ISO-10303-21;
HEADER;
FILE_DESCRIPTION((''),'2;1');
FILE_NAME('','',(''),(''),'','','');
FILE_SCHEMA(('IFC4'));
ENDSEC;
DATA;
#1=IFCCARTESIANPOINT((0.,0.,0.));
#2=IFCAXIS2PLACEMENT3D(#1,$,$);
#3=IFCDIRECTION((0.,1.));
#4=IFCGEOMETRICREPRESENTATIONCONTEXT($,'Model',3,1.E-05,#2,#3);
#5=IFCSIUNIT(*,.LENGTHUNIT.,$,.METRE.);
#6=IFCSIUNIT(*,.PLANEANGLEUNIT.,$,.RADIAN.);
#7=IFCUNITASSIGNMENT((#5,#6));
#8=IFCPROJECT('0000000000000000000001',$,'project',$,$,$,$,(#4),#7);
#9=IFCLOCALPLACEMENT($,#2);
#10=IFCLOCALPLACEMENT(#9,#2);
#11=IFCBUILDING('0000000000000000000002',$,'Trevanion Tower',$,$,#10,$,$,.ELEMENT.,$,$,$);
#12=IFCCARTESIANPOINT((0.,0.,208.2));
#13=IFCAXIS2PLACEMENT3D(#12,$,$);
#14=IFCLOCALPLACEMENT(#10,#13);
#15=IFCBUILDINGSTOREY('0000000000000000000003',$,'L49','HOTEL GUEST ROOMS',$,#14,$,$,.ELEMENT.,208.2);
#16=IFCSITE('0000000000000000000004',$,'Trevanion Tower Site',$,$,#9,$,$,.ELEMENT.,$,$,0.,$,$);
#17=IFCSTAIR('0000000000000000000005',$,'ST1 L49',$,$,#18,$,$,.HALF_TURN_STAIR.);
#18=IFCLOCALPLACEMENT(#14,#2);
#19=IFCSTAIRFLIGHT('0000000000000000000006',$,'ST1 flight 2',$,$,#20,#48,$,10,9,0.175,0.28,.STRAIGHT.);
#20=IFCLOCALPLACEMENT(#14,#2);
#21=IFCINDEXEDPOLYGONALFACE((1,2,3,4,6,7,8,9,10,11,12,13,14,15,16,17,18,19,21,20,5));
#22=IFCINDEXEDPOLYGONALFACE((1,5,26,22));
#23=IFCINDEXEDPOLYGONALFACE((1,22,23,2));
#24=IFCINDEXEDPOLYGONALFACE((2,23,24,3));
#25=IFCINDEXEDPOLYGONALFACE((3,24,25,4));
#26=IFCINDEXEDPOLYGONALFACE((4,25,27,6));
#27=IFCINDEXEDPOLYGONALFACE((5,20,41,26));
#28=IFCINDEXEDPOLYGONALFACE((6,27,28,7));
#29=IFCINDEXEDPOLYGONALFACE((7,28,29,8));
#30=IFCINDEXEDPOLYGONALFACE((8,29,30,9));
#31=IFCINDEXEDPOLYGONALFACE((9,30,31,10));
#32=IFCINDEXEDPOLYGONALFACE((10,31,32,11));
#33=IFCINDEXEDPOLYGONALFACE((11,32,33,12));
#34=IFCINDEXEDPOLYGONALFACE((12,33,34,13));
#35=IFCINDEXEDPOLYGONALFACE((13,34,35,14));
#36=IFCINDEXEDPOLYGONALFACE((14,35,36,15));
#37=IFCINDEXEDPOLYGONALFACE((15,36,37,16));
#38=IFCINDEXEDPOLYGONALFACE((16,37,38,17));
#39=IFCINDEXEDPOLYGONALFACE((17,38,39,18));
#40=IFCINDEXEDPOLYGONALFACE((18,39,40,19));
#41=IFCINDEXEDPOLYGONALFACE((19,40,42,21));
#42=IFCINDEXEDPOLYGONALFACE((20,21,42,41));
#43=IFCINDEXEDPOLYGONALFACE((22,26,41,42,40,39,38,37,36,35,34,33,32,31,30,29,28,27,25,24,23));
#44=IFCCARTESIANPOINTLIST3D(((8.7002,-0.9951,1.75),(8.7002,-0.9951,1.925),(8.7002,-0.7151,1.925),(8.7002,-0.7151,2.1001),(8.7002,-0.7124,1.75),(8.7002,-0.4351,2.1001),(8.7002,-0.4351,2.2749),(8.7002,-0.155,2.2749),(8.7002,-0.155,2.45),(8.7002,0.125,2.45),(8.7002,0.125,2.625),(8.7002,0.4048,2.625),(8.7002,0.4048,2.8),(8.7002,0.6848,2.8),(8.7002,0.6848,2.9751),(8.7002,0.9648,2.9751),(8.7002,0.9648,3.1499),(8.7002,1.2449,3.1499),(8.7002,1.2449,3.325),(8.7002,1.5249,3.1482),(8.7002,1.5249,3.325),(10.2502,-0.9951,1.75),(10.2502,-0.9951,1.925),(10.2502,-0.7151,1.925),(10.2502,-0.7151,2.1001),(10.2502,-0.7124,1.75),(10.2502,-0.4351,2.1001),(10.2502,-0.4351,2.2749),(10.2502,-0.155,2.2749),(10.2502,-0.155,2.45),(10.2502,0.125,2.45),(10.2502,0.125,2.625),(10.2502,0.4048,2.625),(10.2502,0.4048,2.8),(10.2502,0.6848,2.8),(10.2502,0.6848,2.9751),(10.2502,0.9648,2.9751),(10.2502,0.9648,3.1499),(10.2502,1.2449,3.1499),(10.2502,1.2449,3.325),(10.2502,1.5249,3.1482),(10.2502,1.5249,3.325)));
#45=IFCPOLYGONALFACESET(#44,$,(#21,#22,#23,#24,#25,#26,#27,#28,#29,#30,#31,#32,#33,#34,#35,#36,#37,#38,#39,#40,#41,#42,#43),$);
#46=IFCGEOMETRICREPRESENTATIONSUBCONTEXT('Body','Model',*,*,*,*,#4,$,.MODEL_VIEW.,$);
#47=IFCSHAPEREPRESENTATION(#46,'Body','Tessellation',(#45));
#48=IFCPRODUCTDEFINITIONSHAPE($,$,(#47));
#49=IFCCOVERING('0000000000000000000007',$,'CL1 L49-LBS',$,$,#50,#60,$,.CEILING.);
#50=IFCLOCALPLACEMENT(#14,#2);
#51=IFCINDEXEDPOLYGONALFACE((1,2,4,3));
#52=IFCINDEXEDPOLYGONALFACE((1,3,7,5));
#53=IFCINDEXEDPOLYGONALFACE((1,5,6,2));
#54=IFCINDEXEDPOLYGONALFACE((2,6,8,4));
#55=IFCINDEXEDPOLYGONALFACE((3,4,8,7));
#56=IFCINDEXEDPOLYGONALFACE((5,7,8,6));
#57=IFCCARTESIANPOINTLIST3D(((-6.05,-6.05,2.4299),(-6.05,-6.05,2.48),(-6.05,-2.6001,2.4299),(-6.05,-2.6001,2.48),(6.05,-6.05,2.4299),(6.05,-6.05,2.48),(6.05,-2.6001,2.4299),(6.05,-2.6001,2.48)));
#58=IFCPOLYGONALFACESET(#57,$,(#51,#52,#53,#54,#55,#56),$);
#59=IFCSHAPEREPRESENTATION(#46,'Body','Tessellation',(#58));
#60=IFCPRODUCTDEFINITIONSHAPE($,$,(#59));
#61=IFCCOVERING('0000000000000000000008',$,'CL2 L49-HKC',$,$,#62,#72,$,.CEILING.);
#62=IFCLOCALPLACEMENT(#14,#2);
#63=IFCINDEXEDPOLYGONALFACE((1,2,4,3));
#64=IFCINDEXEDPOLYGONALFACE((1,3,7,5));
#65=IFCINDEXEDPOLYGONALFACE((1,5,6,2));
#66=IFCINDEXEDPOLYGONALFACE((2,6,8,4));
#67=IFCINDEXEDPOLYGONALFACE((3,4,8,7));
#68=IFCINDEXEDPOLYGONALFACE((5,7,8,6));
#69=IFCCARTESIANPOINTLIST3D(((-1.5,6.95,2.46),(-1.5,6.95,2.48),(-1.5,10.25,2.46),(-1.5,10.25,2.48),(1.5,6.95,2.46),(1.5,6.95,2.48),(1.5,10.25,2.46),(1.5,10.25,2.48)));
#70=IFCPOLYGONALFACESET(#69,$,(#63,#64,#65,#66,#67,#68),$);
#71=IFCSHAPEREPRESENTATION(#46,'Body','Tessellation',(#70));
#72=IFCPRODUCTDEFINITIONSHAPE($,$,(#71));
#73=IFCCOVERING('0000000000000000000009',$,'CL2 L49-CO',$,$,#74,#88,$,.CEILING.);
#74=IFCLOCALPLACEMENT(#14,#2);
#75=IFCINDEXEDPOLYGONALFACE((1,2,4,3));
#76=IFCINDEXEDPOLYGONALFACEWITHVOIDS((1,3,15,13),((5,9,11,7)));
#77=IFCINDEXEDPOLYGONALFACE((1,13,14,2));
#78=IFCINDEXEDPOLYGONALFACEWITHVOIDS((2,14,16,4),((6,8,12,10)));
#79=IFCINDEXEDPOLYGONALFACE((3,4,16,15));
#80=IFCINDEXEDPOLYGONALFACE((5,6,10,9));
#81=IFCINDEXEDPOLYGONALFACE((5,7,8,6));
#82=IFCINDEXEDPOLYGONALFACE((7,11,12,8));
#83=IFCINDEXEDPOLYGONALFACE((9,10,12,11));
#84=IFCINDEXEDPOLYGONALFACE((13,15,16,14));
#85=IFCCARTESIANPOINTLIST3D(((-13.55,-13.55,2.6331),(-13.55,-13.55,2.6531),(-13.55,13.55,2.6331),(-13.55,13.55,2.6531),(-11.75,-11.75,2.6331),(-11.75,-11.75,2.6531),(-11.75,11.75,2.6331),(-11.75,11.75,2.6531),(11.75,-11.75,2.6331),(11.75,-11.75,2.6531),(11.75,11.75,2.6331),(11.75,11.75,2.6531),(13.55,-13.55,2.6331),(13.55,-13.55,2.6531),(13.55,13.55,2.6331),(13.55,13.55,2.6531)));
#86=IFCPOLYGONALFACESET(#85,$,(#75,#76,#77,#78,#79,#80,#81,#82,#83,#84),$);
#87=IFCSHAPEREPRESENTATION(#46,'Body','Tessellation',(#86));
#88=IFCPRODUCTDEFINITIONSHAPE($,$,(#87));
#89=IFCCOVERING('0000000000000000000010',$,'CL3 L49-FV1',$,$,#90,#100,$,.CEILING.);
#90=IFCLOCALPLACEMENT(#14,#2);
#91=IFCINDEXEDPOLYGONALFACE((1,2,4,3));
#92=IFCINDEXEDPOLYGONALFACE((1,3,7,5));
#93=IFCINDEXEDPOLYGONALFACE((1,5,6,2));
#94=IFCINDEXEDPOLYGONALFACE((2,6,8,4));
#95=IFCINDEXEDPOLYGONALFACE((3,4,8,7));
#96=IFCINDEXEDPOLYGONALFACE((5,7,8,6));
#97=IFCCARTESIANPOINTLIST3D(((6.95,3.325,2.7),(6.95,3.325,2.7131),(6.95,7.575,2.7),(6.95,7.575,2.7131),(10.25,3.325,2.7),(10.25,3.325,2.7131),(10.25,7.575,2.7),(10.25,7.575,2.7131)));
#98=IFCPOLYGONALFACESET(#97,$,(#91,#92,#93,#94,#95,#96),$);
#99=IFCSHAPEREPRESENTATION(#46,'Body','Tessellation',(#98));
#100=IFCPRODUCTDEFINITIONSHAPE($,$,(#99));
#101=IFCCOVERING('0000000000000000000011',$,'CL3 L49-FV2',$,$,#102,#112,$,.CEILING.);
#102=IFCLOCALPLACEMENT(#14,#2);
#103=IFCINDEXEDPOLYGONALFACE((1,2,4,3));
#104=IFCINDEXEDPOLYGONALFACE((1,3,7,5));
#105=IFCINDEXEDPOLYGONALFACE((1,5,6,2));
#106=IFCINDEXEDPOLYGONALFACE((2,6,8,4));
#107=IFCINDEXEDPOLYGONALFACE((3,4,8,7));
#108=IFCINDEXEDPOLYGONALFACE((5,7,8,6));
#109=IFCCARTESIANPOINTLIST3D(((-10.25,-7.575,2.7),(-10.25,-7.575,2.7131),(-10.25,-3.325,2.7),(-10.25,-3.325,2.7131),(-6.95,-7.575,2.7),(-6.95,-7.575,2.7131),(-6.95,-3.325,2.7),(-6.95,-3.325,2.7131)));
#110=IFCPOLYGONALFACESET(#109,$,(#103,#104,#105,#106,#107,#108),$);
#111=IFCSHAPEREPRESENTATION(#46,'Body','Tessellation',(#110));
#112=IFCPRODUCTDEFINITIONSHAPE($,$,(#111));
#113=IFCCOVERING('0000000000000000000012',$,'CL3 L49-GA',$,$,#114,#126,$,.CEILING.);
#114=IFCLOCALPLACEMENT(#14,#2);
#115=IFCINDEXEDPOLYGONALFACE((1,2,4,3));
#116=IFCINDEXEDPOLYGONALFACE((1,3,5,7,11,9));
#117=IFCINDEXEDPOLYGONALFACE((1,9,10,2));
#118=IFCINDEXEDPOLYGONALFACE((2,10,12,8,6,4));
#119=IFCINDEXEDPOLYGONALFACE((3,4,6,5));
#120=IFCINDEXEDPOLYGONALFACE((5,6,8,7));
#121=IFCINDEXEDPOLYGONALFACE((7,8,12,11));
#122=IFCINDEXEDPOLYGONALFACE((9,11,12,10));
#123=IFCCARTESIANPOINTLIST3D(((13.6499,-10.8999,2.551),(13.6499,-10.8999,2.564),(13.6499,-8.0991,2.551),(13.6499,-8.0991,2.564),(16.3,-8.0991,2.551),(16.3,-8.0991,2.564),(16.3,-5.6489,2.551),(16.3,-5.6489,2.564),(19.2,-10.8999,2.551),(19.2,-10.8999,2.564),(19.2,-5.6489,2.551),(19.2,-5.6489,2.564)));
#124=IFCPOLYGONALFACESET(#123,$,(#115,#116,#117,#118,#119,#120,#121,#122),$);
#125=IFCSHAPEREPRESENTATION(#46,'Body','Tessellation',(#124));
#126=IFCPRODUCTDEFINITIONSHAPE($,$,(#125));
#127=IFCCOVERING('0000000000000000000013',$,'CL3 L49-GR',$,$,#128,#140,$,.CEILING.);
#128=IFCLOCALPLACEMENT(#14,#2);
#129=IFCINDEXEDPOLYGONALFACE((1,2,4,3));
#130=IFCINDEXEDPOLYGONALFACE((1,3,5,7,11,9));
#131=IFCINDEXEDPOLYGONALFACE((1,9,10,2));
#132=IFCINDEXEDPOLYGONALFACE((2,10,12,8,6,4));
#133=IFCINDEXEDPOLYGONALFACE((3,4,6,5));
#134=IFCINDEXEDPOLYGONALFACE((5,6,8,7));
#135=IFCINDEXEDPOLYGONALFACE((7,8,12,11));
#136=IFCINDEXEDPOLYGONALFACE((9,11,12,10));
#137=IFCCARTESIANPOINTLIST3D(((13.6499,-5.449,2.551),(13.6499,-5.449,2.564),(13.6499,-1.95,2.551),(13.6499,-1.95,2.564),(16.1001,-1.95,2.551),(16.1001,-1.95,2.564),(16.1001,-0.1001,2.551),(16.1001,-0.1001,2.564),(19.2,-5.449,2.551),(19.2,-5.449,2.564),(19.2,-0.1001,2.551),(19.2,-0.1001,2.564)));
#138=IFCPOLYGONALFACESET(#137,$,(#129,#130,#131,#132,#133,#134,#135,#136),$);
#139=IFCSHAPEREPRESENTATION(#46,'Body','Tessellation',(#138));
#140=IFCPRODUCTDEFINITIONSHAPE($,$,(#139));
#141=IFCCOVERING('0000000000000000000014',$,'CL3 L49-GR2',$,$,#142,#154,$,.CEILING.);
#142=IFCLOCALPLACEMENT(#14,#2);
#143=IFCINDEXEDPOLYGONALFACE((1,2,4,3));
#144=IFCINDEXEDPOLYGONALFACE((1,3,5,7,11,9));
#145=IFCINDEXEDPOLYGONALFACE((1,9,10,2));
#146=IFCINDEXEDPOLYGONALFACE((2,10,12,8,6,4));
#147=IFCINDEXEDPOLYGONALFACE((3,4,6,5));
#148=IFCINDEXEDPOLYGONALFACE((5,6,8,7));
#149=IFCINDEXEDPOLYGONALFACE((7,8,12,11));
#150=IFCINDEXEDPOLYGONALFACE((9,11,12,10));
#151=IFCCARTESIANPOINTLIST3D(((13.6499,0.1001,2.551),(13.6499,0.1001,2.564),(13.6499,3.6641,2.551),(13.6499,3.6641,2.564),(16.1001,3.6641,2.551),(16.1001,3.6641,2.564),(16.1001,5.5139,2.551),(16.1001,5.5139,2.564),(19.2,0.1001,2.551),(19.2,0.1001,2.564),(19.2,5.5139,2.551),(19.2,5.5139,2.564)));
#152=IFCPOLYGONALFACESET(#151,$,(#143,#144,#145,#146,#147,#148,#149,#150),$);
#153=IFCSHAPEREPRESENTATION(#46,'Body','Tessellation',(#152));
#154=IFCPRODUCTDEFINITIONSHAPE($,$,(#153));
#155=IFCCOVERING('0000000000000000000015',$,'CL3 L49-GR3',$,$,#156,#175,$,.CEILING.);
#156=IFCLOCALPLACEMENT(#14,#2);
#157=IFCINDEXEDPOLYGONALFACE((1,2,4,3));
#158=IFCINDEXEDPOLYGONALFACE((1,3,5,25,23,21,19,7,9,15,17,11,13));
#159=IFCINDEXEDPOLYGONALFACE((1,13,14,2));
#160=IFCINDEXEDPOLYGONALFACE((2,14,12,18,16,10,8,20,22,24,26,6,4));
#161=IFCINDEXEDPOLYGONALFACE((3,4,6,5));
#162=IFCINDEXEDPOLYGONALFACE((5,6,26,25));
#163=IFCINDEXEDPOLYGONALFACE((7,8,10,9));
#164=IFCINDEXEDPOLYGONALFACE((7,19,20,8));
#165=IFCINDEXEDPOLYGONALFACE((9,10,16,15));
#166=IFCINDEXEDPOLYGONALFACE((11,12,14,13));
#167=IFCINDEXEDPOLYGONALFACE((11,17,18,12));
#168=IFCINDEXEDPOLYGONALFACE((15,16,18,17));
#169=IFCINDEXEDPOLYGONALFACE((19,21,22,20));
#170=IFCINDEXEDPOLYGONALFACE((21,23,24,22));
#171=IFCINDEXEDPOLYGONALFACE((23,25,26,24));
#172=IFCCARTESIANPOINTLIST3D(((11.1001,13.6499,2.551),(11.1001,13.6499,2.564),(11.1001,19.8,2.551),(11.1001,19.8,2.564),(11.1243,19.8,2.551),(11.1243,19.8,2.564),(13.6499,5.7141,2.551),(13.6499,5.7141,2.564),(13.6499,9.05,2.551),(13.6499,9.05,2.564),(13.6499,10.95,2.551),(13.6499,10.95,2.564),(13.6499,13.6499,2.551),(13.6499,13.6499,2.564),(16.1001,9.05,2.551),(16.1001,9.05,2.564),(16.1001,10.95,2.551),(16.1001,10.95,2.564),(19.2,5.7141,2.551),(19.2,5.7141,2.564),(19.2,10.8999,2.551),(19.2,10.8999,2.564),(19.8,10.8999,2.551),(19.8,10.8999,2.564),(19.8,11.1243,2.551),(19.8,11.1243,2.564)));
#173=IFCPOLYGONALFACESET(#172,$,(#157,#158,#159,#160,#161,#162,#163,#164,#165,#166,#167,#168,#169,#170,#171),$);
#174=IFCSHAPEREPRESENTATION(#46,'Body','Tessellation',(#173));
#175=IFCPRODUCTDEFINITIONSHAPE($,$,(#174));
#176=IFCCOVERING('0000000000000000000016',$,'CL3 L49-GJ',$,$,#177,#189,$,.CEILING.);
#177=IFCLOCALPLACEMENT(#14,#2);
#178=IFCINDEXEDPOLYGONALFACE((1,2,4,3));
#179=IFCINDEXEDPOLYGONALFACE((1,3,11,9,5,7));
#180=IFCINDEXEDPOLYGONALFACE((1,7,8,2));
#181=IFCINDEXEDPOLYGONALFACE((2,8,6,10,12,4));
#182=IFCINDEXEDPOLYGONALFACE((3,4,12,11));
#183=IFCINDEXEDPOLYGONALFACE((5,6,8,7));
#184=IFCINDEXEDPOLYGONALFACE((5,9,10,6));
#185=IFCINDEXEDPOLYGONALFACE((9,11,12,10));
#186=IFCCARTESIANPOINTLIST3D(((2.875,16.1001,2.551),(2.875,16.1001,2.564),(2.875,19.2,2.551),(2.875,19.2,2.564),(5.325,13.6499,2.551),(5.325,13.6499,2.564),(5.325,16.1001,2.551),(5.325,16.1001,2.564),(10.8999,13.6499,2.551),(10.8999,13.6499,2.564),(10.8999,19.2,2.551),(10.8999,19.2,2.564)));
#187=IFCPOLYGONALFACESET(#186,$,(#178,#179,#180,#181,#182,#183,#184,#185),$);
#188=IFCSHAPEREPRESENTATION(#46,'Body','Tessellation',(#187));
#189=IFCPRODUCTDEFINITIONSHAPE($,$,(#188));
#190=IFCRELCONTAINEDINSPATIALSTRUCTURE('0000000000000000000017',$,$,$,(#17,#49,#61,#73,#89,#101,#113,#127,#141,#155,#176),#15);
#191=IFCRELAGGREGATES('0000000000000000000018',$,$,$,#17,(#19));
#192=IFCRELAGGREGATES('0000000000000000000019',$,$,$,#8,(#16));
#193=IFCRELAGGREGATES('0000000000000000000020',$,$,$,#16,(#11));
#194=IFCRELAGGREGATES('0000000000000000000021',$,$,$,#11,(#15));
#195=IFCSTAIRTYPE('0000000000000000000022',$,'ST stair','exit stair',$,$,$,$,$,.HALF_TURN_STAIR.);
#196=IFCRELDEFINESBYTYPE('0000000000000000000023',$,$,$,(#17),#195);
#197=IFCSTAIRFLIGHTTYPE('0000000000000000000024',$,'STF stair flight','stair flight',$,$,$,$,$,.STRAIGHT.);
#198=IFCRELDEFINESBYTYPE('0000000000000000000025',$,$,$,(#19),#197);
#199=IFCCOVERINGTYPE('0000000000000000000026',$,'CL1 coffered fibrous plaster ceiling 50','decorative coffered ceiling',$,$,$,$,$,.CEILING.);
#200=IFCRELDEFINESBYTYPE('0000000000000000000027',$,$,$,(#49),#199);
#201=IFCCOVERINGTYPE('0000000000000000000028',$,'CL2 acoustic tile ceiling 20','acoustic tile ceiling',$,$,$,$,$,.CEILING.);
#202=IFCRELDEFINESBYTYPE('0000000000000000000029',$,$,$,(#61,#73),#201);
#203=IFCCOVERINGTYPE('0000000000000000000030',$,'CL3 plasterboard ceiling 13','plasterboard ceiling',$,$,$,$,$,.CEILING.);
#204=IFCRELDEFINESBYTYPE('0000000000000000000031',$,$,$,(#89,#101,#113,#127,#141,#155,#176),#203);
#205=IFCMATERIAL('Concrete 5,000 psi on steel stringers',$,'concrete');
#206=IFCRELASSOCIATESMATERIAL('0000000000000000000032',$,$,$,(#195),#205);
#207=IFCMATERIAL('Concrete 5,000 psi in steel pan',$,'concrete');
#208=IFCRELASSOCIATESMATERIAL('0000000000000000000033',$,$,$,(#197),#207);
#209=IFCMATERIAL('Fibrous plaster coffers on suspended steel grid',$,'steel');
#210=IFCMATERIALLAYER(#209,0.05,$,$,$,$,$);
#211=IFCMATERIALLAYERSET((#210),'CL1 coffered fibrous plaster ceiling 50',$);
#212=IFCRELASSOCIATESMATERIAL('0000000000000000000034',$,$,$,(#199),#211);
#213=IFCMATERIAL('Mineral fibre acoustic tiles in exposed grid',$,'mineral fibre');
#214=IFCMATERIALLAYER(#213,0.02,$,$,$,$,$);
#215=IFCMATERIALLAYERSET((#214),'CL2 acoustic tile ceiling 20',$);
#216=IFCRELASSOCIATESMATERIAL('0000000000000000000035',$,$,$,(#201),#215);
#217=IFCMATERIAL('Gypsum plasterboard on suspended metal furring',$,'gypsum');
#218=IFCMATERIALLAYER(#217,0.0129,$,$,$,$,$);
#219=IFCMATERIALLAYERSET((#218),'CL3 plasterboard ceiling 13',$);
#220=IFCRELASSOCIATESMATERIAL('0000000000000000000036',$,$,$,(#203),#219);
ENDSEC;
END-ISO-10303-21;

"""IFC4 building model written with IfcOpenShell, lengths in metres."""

from ifc_helpers import new_model, si_unit, direction, frame, origin, place, context, subcontext, project, spatial, polyline, outline, extrude, material, layer, layer_set, type_object, element, aggregate, save


model = new_model("IFC4")

# Units and contexts
model_context = context("Model", 3, precision=1e-05, world=origin(), true_north=direction((0.0, 1.0)))
body_context = subcontext(model_context, "Body", "Model", "MODEL_VIEW")
ifc_project = project(units=[si_unit("LENGTHUNIT", "METRE"), si_unit("PLANEANGLEUNIT", "RADIAN")], contexts=[model_context])

# Site, building, storey
site_placement = place(None, origin())
site = spatial("IfcSite", under=ifc_project, at=site_placement, Name="Trevanion Tower Site", CompositionType="ELEMENT", RefElevation=0.0)
building_placement = place(site_placement, origin())
building = spatial("IfcBuilding", under=site, at=building_placement, Name="Trevanion Tower", CompositionType="ELEMENT")
storey_placement = place(building_placement, frame((0.0, 0.0, 208.2)))
storey = spatial("IfcBuildingStorey", under=building, at=storey_placement, Name="L49", Description="HOTEL GUEST ROOMS", CompositionType="ELEMENT", Elevation=208.2)

# Stair, stair flight
ifc_material_1 = material(Name="Concrete 5,000 psi on steel stringers", Category="concrete")
stair_type = type_object("IfcStairType", Name="ST stair", Description="exit stair", PredefinedType="HALF_TURN_STAIR", material=ifc_material_1)
stair_placement = place(storey_placement, origin())
stair = element("IfcStair", 1, at=stair_placement, inside=storey, type_object=stair_type, Name="ST1 L49", PredefinedType="HALF_TURN_STAIR")
ifc_material_2 = material(Name="Concrete 5,000 psi in steel pan", Category="concrete")
stair_flight_type = type_object("IfcStairFlightType", Name="STF stair flight", Description="stair flight", PredefinedType="STRAIGHT", material=ifc_material_2)
stair_flight_placement = place(storey_placement, frame((9.4751, -0.9951, 1.75), z_axis=(0.0, 0.0, 1.0), x_axis=(0.0, 1.0, 0.0)))
stair_flight = element("IfcStairFlight", 2, at=stair_flight_placement, type_object=stair_flight_type, Name="ST1 flight 2", NumberOfRisers=10, NumberOfTreads=9, PredefinedType="STRAIGHT", RiserHeight=0.175, TreadLength=0.28, context=body_context, shape_type="SweptSolid", body=[
    extrude(outline(polyline([(0.0, 0.0), (0.0, 0.175), (0.28, 0.175), (0.28, 0.3501), (0.5601, 0.3501), (0.5601, 0.5249), (0.8401, 0.5249), (0.8401, 0.7), (1.1201, 0.7), (1.1201, 0.875), (1.3999, 0.875), (1.3999, 1.05), (1.6799, 1.05), (1.6799, 1.2251), (1.96, 1.2251), (1.96, 1.3999), (2.24, 1.3999), (2.24, 1.575), (2.52, 1.575), (2.52, 1.75), (2.52, 1.3982), (0.2827, 0.0), (0.0, 0.0)])), frame((0.0, 0.7749, 0.0), z_axis=(0.0, -1.0, 0.0), x_axis=(1.0, 0.0, 0.0)), (0.0, 0.0, 1.0), 1.55),
])
aggregate(stair, [stair_flight])

# Coverings
ifc_material_3 = material(Name="Fibrous plaster coffers on suspended steel grid", Category="steel")
ifc_layer_1 = layer(ifc_material_3, 0.05)
ifc_layer_set_1 = layer_set([ifc_layer_1], Name="CL1 coffered fibrous plaster ceiling 50")
covering_type_1 = type_object("IfcCoveringType", Name="CL1 coffered fibrous plaster ceiling 50", Description="decorative coffered ceiling", PredefinedType="CEILING", material=ifc_layer_set_1)
covering_1_placement = place(storey_placement, frame((0.0, 0.0, 2.4299)))
element("IfcCovering", 3, at=covering_1_placement, inside=storey, type_object=covering_type_1, Name="CL1 L49-LBS", PredefinedType="CEILING", context=body_context, shape_type="SweptSolid", body=[
    extrude(outline(polyline([(6.05, -6.05), (6.05, -2.6001), (-6.05, -2.6001), (-6.05, -6.05), (6.05, -6.05)])), origin(), (0.0, 0.0, 1.0), 0.05),
])
ifc_material_4 = material(Name="Mineral fibre acoustic tiles in exposed grid", Category="mineral fibre")
ifc_layer_2 = layer(ifc_material_4, 0.02)
ifc_layer_set_2 = layer_set([ifc_layer_2], Name="CL2 acoustic tile ceiling 20")
covering_type_2 = type_object("IfcCoveringType", Name="CL2 acoustic tile ceiling 20", Description="acoustic tile ceiling", PredefinedType="CEILING", material=ifc_layer_set_2)
covering_2_placement = place(storey_placement, frame((0.0, 0.0, 2.46)))
element("IfcCovering", 4, at=covering_2_placement, inside=storey, type_object=covering_type_2, Name="CL2 L49-HKC", PredefinedType="CEILING", context=body_context, shape_type="SweptSolid", body=[
    extrude(outline(polyline([(1.5, 6.95), (1.5, 10.25), (-1.5, 10.25), (-1.5, 6.95), (1.5, 6.95)])), origin(), (0.0, 0.0, 1.0), 0.02),
])
covering_3_placement = place(storey_placement, frame((0.0, 0.0, 2.6331)))
element("IfcCovering", 5, at=covering_3_placement, inside=storey, type_object=covering_type_2, Name="CL2 L49-CO", PredefinedType="CEILING", context=body_context, shape_type="SweptSolid", body=[
    extrude(outline(polyline([(-13.55, -13.55), (-13.55, 13.55), (13.55, 13.55), (13.55, -13.55), (-13.55, -13.55)]), holes=[polyline([(11.75, 11.75), (-11.75, 11.75), (-11.75, -11.75), (11.75, -11.75), (11.75, 11.75)])]), origin(), (0.0, 0.0, 1.0), 0.02),
])
ifc_material_5 = material(Name="Gypsum plasterboard on suspended metal furring", Category="gypsum")
ifc_layer_3 = layer(ifc_material_5, 0.0129)
ifc_layer_set_3 = layer_set([ifc_layer_3], Name="CL3 plasterboard ceiling 13")
covering_type_3 = type_object("IfcCoveringType", Name="CL3 plasterboard ceiling 13", Description="plasterboard ceiling", PredefinedType="CEILING", material=ifc_layer_set_3)
covering_4_placement = place(storey_placement, frame((0.0, 0.0, 2.7)))
element("IfcCovering", 6, at=covering_4_placement, inside=storey, type_object=covering_type_3, Name="CL3 L49-FV1", PredefinedType="CEILING", context=body_context, shape_type="SweptSolid", body=[
    extrude(outline(polyline([(10.25, 3.325), (10.25, 7.575), (6.95, 7.575), (6.95, 3.325), (10.25, 3.325)])), origin(), (0.0, 0.0, 1.0), 0.0132),
])
covering_5_placement = place(storey_placement, frame((0.0, 0.0, 2.7)))
element("IfcCovering", 7, at=covering_5_placement, inside=storey, type_object=covering_type_3, Name="CL3 L49-FV2", PredefinedType="CEILING", context=body_context, shape_type="SweptSolid", body=[
    extrude(outline(polyline([(-10.25, -3.325), (-10.25, -7.575), (-6.95, -7.575), (-6.95, -3.325), (-10.25, -3.325)])), origin(), (0.0, 0.0, 1.0), 0.0132),
])
covering_6_placement = place(storey_placement, frame((0.0, 0.0, 2.551)))
element("IfcCovering", 8, at=covering_6_placement, inside=storey, type_object=covering_type_3, Name="CL3 L49-GA", PredefinedType="CEILING", context=body_context, shape_type="SweptSolid", body=[
    extrude(outline(polyline([(13.6499, -8.0991), (16.3, -8.0991), (16.3, -5.6489), (19.2, -5.6489), (19.2, -10.8999), (13.6499, -10.8999), (13.6499, -8.0991)])), origin(), (0.0, 0.0, 1.0), 0.0129),
])
covering_7_placement = place(storey_placement, frame((0.0, 0.0, 2.551)))
element("IfcCovering", 9, at=covering_7_placement, inside=storey, type_object=covering_type_3, Name="CL3 L49-GR", PredefinedType="CEILING", context=body_context, shape_type="SweptSolid", body=[
    extrude(outline(polyline([(13.6499, -1.95), (16.1001, -1.95), (16.1001, -0.1001), (19.2, -0.1001), (19.2, -5.449), (13.6499, -5.449), (13.6499, -1.95)])), origin(), (0.0, 0.0, 1.0), 0.0129),
])
covering_8_placement = place(storey_placement, frame((0.0, 0.0, 2.551)))
element("IfcCovering", 10, at=covering_8_placement, inside=storey, type_object=covering_type_3, Name="CL3 L49-GR2", PredefinedType="CEILING", context=body_context, shape_type="SweptSolid", body=[
    extrude(outline(polyline([(13.6499, 3.6641), (16.1001, 3.6641), (16.1001, 5.5139), (19.2, 5.5139), (19.2, 0.1001), (13.6499, 0.1001), (13.6499, 3.6641)])), origin(), (0.0, 0.0, 1.0), 0.0129),
])
covering_9_placement = place(storey_placement, frame((0.0, 0.0, 2.551)))
element("IfcCovering", 11, at=covering_9_placement, inside=storey, type_object=covering_type_3, Name="CL3 L49-GR3", PredefinedType="CEILING", context=body_context, shape_type="SweptSolid", body=[
    extrude(outline(polyline([(11.1001, 13.6499), (11.1001, 19.8), (11.1243, 19.8), (19.8, 11.1243), (19.8, 10.8999), (19.2, 10.8999), (19.2, 5.7141), (13.6499, 5.7141), (13.6499, 9.05), (16.1001, 9.05), (16.1001, 10.95), (13.6499, 10.95), (13.6499, 13.6499), (11.1001, 13.6499)])), origin(), (0.0, 0.0, 1.0), 0.0129),
])
covering_10_placement = place(storey_placement, frame((0.0, 0.0, 2.551)))
element("IfcCovering", 12, at=covering_10_placement, inside=storey, type_object=covering_type_3, Name="CL3 L49-GJ", PredefinedType="CEILING", context=body_context, shape_type="SweptSolid", body=[
    extrude(outline(polyline([(5.325, 13.6499), (5.325, 16.1001), (2.875, 16.1001), (2.875, 19.2), (10.8999, 19.2), (10.8999, 13.6499), (5.325, 13.6499)])), origin(), (0.0, 0.0, 1.0), 0.0129),
])

save(model, "model.ifc")
